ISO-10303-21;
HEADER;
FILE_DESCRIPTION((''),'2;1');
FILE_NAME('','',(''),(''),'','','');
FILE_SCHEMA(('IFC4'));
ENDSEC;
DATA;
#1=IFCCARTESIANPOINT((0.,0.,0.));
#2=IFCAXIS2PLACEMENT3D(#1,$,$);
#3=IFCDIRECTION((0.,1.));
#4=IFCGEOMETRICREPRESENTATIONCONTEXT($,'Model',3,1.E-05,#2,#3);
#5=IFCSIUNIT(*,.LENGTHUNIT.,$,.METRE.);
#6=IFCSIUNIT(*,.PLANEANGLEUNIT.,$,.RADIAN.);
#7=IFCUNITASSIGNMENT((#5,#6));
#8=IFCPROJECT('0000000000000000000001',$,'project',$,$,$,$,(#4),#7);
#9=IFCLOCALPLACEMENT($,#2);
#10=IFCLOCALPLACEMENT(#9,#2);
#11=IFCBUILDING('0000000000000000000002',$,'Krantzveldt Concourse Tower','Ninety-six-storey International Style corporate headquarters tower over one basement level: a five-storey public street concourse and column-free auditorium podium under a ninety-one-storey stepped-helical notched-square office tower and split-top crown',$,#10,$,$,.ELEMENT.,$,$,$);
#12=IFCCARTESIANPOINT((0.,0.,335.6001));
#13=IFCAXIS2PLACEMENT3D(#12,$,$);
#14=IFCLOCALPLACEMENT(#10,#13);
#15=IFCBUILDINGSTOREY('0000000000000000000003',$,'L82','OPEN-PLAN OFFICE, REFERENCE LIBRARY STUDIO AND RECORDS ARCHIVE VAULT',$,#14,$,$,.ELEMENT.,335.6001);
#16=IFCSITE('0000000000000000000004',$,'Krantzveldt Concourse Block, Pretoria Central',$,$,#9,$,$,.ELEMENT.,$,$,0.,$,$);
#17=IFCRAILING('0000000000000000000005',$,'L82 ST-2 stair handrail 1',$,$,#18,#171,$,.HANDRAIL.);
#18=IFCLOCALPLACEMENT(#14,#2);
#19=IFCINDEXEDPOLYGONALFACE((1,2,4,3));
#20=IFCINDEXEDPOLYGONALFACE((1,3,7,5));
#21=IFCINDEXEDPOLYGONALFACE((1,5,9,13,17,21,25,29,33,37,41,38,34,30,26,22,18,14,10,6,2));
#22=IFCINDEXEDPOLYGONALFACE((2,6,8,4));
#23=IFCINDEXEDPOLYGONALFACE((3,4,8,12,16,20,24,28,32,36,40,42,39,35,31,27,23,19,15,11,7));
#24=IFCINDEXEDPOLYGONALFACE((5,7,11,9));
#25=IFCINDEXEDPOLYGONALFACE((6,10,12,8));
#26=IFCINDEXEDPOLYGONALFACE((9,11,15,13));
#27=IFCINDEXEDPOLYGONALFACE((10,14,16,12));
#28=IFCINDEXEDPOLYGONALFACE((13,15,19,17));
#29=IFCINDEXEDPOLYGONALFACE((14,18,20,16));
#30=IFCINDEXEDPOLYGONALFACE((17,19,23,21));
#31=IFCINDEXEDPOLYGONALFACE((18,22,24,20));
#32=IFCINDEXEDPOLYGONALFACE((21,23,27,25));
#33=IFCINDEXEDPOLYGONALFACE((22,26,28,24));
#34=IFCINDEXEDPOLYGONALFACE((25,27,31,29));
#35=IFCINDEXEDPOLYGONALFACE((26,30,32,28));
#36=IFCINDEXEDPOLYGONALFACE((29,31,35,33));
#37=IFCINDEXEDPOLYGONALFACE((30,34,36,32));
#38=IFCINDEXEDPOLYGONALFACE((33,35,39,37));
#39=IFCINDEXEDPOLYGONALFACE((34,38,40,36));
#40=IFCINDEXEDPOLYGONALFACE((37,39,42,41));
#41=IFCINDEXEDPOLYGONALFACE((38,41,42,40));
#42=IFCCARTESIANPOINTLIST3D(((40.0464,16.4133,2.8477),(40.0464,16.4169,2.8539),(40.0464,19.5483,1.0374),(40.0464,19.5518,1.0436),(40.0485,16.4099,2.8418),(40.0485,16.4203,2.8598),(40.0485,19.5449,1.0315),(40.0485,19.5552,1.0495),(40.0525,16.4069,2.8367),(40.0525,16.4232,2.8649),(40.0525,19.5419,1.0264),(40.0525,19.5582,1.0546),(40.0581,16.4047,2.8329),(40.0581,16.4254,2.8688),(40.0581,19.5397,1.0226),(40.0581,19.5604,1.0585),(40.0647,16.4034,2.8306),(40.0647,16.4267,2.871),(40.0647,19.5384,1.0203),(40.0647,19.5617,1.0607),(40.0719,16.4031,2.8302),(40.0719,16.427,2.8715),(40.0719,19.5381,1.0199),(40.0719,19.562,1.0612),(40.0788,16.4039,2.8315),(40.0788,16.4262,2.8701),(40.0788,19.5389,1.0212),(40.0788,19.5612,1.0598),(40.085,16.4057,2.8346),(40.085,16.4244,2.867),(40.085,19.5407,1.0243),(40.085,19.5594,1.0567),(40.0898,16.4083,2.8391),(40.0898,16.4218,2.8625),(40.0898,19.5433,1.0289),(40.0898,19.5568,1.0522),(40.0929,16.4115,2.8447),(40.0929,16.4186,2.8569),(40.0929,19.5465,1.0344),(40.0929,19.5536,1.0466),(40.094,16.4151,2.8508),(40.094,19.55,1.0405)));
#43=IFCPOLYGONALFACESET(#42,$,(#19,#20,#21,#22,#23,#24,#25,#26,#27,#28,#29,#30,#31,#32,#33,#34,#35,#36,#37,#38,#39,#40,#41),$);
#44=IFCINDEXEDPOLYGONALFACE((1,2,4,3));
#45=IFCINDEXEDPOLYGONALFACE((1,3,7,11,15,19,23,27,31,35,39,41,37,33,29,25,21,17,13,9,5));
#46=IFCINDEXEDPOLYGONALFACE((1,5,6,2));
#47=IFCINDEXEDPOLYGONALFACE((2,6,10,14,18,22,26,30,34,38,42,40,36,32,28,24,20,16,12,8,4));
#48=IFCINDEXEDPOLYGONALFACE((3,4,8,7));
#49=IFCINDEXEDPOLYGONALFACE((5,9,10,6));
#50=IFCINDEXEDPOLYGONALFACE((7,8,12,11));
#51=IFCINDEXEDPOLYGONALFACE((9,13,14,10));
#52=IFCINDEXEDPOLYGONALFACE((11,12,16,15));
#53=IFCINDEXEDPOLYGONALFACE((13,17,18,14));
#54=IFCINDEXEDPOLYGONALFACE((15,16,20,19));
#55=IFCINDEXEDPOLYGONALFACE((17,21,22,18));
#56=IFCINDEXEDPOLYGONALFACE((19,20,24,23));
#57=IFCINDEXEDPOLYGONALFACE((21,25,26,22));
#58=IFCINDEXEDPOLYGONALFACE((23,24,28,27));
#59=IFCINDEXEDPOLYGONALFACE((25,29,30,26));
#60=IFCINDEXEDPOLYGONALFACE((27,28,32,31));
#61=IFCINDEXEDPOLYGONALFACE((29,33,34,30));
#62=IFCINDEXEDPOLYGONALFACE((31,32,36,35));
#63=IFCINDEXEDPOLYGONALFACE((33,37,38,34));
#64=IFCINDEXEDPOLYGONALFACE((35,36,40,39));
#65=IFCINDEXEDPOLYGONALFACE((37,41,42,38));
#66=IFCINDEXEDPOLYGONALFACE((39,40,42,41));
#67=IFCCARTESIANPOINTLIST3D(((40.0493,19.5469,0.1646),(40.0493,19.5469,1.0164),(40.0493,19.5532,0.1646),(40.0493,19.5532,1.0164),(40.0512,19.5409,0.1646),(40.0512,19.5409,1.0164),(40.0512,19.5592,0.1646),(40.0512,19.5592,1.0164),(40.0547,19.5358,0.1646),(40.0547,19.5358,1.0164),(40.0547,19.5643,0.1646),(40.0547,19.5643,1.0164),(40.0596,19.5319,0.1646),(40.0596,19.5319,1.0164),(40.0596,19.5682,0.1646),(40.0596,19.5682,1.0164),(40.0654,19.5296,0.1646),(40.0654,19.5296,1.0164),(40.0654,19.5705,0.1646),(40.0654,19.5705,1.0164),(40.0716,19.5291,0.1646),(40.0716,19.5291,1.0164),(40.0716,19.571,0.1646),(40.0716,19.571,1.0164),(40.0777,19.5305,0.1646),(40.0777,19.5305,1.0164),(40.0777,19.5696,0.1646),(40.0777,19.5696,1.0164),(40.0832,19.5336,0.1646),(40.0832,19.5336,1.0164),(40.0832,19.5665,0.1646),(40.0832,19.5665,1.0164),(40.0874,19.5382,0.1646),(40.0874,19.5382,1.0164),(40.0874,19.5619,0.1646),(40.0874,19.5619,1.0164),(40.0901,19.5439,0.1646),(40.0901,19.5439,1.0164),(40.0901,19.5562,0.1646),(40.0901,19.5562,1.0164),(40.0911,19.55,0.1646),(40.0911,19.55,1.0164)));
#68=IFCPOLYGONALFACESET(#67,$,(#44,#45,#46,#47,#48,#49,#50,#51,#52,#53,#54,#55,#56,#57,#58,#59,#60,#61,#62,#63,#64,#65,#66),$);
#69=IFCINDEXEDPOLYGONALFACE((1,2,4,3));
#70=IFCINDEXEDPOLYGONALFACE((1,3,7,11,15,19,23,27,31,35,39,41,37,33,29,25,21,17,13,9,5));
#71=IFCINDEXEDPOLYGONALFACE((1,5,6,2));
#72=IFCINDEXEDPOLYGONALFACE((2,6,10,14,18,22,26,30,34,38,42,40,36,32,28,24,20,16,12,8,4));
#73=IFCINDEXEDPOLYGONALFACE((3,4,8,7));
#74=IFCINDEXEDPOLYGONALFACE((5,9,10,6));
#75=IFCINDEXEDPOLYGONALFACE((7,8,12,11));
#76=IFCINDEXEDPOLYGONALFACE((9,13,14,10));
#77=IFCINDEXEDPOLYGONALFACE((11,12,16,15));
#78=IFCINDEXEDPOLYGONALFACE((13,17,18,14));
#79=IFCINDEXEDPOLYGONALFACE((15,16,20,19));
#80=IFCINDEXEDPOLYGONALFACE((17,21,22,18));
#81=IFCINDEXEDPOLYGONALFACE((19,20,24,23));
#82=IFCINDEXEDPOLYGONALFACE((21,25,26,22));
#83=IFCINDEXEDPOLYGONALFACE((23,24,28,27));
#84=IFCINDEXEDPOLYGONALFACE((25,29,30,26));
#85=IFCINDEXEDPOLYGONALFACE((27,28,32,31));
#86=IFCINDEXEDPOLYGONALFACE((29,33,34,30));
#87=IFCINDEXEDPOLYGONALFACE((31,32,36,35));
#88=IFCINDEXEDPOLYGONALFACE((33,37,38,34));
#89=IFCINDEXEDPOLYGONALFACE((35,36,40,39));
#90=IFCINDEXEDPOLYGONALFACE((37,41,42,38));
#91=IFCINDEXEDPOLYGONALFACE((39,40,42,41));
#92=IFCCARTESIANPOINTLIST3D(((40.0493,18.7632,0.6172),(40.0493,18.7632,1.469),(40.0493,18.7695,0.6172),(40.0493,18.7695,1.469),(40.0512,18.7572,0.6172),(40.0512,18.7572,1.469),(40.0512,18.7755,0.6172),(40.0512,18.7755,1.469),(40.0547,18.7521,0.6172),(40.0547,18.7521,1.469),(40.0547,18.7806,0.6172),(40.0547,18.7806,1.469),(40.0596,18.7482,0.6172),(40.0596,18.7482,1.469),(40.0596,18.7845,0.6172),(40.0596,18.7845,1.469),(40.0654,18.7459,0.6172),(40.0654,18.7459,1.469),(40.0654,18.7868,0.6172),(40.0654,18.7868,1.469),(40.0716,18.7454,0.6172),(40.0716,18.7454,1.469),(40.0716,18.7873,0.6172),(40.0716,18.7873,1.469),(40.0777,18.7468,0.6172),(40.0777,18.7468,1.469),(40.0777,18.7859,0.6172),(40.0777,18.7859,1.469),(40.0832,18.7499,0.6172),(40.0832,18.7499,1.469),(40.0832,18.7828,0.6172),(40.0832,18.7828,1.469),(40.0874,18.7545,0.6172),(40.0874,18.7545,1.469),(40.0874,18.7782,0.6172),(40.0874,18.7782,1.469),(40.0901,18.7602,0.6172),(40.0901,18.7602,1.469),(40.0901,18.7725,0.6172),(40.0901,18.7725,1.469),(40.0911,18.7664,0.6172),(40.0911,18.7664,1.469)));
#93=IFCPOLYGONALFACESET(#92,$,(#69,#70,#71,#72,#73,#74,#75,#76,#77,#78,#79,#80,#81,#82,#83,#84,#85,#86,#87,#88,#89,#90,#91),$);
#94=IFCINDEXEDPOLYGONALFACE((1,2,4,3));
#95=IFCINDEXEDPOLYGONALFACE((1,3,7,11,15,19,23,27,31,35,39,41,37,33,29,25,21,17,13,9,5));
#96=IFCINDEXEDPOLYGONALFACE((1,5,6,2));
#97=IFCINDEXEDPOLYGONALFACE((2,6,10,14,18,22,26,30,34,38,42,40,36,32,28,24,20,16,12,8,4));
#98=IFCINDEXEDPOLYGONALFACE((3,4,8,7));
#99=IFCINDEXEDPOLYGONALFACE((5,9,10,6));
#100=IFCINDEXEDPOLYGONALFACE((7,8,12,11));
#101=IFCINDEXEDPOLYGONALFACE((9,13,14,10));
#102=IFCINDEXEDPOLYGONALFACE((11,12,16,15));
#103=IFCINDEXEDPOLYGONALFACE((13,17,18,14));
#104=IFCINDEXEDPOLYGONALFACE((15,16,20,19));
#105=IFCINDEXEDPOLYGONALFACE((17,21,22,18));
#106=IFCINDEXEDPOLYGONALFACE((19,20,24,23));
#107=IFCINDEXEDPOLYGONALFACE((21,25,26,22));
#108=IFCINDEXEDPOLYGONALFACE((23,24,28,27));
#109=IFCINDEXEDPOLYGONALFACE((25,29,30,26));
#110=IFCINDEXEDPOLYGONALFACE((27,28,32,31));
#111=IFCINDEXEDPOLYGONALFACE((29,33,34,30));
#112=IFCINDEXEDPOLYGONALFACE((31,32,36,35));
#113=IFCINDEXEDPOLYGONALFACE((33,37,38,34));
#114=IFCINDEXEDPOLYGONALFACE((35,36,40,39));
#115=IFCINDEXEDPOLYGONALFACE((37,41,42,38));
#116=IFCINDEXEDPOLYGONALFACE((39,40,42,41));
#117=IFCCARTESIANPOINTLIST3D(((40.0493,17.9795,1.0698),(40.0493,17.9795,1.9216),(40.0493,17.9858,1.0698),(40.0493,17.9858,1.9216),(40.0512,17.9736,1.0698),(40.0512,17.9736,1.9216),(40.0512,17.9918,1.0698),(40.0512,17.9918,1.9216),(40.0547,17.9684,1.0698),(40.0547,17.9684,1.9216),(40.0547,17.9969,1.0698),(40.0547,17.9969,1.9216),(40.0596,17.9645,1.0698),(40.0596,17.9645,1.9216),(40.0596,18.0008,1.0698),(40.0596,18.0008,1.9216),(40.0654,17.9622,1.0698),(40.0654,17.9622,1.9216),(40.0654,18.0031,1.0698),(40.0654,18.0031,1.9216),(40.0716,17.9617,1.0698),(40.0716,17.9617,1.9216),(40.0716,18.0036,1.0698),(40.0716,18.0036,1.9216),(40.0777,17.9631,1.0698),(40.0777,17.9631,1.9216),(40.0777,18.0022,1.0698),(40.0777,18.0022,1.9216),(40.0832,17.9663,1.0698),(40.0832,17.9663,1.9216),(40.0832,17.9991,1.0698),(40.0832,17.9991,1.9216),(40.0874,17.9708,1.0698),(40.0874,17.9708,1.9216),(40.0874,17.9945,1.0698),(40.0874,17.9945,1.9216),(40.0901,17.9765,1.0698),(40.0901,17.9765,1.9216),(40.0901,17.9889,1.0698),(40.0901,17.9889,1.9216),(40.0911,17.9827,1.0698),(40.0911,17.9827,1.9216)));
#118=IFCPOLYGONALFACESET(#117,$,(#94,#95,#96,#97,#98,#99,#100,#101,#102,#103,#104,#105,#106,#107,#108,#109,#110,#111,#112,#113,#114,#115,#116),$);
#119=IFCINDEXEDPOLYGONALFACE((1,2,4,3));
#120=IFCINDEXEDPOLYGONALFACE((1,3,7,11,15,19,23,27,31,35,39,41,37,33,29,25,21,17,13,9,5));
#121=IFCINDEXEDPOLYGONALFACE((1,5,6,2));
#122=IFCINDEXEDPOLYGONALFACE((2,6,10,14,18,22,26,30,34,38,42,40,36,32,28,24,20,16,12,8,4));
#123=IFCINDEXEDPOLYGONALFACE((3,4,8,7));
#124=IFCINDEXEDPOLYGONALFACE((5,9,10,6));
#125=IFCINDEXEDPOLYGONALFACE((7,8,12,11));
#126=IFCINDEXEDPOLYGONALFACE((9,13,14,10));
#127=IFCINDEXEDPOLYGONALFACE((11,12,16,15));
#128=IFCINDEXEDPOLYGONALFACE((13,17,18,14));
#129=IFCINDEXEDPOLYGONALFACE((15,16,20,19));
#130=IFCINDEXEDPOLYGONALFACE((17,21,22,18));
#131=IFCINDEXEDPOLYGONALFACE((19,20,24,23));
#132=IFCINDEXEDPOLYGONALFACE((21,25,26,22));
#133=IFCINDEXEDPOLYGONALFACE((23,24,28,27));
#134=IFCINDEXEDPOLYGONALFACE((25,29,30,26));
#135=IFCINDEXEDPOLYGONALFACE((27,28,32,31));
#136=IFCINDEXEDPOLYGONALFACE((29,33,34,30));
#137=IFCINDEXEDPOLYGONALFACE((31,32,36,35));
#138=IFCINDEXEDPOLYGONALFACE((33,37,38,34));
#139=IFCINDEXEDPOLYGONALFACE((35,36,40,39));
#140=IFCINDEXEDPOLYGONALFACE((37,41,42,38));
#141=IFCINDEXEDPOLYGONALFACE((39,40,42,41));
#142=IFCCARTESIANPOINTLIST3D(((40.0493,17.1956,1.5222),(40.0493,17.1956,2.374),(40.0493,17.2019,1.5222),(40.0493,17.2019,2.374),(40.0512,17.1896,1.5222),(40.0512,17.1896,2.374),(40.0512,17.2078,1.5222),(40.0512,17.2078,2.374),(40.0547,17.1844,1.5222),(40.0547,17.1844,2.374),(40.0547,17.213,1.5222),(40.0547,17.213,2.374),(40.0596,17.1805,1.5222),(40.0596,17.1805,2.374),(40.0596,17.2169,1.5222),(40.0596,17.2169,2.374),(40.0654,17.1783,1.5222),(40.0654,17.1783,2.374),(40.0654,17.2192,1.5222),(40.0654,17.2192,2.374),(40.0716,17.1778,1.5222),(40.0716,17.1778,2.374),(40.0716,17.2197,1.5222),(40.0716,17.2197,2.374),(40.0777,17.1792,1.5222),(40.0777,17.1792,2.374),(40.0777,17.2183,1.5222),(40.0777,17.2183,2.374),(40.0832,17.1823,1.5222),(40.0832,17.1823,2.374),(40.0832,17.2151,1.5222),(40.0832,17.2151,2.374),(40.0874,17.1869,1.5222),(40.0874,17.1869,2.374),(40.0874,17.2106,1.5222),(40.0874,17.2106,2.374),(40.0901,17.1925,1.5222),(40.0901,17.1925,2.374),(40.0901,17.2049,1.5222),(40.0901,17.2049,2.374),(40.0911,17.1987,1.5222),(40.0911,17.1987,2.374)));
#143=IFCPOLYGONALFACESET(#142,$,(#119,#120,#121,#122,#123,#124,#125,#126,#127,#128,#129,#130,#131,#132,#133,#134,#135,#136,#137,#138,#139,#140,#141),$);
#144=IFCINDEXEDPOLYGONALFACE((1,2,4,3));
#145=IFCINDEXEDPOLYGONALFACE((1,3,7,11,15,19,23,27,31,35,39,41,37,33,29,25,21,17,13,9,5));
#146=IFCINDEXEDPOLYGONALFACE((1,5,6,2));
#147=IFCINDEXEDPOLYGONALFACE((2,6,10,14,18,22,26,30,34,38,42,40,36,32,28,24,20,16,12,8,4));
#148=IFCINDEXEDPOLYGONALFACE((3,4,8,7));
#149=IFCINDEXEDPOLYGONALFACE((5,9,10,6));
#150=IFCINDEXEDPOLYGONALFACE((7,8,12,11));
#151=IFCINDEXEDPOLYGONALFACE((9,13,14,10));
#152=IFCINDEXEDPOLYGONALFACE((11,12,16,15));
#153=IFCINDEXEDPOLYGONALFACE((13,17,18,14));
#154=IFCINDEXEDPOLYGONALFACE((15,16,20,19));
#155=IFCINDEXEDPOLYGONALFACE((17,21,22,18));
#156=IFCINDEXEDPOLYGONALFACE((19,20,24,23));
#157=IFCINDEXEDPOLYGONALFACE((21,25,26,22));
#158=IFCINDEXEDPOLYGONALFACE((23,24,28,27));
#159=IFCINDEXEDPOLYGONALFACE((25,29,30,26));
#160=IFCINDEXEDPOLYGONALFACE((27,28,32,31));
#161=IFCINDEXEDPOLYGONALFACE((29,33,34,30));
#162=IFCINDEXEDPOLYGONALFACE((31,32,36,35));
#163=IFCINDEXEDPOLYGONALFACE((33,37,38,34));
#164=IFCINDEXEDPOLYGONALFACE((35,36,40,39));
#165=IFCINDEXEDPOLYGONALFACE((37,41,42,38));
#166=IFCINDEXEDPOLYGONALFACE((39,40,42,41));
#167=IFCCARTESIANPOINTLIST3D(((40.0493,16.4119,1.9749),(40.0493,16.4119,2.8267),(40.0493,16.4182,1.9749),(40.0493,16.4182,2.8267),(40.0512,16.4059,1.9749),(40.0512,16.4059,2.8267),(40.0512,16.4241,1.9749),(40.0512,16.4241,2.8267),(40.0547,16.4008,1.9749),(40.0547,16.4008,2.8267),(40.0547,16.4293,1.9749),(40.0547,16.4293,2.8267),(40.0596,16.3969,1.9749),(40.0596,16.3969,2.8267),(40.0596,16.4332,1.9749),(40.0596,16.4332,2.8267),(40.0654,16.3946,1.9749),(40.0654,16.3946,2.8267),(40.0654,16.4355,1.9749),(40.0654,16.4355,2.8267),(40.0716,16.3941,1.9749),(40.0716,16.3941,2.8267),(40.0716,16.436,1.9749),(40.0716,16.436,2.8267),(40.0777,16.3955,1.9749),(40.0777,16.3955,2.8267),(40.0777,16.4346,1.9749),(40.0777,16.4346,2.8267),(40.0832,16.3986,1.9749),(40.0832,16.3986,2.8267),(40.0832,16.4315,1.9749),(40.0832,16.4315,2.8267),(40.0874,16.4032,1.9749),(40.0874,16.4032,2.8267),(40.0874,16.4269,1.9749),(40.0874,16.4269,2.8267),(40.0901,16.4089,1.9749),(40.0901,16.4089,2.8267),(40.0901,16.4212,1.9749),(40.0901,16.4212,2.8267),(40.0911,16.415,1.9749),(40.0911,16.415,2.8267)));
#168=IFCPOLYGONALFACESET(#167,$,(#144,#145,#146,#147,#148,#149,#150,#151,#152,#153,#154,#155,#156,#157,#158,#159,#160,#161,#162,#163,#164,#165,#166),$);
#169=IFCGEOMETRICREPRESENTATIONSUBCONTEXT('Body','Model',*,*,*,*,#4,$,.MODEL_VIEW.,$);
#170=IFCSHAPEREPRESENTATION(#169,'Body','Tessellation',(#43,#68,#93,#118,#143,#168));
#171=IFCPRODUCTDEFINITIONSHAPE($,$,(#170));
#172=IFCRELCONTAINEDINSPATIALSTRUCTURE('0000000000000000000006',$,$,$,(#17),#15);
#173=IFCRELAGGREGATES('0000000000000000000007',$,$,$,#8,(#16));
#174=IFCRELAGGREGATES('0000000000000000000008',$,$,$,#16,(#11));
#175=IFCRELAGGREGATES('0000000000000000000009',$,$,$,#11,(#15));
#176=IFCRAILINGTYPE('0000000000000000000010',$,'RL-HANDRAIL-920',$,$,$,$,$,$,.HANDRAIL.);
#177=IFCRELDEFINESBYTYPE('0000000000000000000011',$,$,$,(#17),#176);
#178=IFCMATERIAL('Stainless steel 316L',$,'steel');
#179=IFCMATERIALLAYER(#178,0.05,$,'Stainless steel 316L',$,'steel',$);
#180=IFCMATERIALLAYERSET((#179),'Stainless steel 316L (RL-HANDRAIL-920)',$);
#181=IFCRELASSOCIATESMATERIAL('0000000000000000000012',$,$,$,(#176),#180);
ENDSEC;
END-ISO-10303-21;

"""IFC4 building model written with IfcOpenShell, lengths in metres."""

from ifc_helpers import new_model, si_unit, direction, frame, origin, origin_2d, place, context, subcontext, project, spatial, circle, extrude, material, layer, layer_set, type_object, element, save


model = new_model("IFC4")

# Units and contexts
model_context = context("Model", 3, precision=1e-05, world=origin(), true_north=direction((0.0, 1.0)))
body_context = subcontext(model_context, "Body", "Model", "MODEL_VIEW")
ifc_project = project(units=[si_unit("LENGTHUNIT", "METRE"), si_unit("PLANEANGLEUNIT", "RADIAN")], contexts=[model_context])

# Site, building, storey
site_placement = place(None, origin())
site = spatial("IfcSite", under=ifc_project, at=site_placement, Name="Krantzveldt Concourse Block, Pretoria Central", CompositionType="ELEMENT", RefElevation=0.0)
building_placement = place(site_placement, origin())
building = spatial("IfcBuilding", under=site, at=building_placement, Name="Krantzveldt Concourse Tower", Description="Ninety-six-storey International Style corporate headquarters tower over one basement level: a five-storey public street concourse and column-free auditorium podium under a ninety-one-storey stepped-helical notched-square office tower and split-top crown", CompositionType="ELEMENT")
storey_placement = place(building_placement, frame((0.0, 0.0, 335.6001)))
storey = spatial("IfcBuildingStorey", under=building, at=storey_placement, Name="L82", Description="OPEN-PLAN OFFICE, REFERENCE LIBRARY STUDIO AND RECORDS ARCHIVE VAULT", CompositionType="ELEMENT", Elevation=335.6001)

# Shared definitions
ifc_material_1 = material(Name="Stainless steel 316L", Category="steel")

# Railing
ifc_layer_1 = layer(ifc_material_1, 0.05, Name="Stainless steel 316L", Category="steel")
ifc_layer_set_1 = layer_set([ifc_layer_1], Name="Stainless steel 316L (RL-HANDRAIL-920)")
railing_type_1 = type_object("IfcRailingType", Name="RL-HANDRAIL-920", PredefinedType="HANDRAIL", material=ifc_layer_set_1)
railing_1_placement = place(storey_placement, frame((40.0701, 19.55, 0.1646)))
element("IfcRailing", 1, at=railing_1_placement, inside=storey, type_object=railing_type_1, Name="L82 ST-2 stair handrail 1", PredefinedType="HANDRAIL", context=body_context, shape_type="SweptSolid", body=[
    extrude(circle(Radius=0.0239, at=origin_2d()), frame((0.0, 0.0, 0.876), z_axis=(0.0, -0.865989, 0.500063), x_axis=(1.0, 0.0, 0.0)), (0.0, 0.0, 1.0), 3.6201),
    extrude(circle(Radius=0.021, at=origin_2d()), origin(), (0.0, 0.0, 1.0), 0.8518),
    extrude(circle(Radius=0.021, at=origin_2d()), frame((0.0, -0.7837, 0.4526)), (0.0, 0.0, 1.0), 0.8518),
    extrude(circle(Radius=0.021, at=origin_2d()), frame((0.0, -1.5674, 0.9053)), (0.0, 0.0, 1.0), 0.8518),
    extrude(circle(Radius=0.021, at=origin_2d()), frame((0.0, -2.3513, 1.3577)), (0.0, 0.0, 1.0), 0.8518),
    extrude(circle(Radius=0.021, at=origin_2d()), frame((0.0, -3.135, 1.8103)), (0.0, 0.0, 1.0), 0.8518),
])

save(model, "model.ifc")
